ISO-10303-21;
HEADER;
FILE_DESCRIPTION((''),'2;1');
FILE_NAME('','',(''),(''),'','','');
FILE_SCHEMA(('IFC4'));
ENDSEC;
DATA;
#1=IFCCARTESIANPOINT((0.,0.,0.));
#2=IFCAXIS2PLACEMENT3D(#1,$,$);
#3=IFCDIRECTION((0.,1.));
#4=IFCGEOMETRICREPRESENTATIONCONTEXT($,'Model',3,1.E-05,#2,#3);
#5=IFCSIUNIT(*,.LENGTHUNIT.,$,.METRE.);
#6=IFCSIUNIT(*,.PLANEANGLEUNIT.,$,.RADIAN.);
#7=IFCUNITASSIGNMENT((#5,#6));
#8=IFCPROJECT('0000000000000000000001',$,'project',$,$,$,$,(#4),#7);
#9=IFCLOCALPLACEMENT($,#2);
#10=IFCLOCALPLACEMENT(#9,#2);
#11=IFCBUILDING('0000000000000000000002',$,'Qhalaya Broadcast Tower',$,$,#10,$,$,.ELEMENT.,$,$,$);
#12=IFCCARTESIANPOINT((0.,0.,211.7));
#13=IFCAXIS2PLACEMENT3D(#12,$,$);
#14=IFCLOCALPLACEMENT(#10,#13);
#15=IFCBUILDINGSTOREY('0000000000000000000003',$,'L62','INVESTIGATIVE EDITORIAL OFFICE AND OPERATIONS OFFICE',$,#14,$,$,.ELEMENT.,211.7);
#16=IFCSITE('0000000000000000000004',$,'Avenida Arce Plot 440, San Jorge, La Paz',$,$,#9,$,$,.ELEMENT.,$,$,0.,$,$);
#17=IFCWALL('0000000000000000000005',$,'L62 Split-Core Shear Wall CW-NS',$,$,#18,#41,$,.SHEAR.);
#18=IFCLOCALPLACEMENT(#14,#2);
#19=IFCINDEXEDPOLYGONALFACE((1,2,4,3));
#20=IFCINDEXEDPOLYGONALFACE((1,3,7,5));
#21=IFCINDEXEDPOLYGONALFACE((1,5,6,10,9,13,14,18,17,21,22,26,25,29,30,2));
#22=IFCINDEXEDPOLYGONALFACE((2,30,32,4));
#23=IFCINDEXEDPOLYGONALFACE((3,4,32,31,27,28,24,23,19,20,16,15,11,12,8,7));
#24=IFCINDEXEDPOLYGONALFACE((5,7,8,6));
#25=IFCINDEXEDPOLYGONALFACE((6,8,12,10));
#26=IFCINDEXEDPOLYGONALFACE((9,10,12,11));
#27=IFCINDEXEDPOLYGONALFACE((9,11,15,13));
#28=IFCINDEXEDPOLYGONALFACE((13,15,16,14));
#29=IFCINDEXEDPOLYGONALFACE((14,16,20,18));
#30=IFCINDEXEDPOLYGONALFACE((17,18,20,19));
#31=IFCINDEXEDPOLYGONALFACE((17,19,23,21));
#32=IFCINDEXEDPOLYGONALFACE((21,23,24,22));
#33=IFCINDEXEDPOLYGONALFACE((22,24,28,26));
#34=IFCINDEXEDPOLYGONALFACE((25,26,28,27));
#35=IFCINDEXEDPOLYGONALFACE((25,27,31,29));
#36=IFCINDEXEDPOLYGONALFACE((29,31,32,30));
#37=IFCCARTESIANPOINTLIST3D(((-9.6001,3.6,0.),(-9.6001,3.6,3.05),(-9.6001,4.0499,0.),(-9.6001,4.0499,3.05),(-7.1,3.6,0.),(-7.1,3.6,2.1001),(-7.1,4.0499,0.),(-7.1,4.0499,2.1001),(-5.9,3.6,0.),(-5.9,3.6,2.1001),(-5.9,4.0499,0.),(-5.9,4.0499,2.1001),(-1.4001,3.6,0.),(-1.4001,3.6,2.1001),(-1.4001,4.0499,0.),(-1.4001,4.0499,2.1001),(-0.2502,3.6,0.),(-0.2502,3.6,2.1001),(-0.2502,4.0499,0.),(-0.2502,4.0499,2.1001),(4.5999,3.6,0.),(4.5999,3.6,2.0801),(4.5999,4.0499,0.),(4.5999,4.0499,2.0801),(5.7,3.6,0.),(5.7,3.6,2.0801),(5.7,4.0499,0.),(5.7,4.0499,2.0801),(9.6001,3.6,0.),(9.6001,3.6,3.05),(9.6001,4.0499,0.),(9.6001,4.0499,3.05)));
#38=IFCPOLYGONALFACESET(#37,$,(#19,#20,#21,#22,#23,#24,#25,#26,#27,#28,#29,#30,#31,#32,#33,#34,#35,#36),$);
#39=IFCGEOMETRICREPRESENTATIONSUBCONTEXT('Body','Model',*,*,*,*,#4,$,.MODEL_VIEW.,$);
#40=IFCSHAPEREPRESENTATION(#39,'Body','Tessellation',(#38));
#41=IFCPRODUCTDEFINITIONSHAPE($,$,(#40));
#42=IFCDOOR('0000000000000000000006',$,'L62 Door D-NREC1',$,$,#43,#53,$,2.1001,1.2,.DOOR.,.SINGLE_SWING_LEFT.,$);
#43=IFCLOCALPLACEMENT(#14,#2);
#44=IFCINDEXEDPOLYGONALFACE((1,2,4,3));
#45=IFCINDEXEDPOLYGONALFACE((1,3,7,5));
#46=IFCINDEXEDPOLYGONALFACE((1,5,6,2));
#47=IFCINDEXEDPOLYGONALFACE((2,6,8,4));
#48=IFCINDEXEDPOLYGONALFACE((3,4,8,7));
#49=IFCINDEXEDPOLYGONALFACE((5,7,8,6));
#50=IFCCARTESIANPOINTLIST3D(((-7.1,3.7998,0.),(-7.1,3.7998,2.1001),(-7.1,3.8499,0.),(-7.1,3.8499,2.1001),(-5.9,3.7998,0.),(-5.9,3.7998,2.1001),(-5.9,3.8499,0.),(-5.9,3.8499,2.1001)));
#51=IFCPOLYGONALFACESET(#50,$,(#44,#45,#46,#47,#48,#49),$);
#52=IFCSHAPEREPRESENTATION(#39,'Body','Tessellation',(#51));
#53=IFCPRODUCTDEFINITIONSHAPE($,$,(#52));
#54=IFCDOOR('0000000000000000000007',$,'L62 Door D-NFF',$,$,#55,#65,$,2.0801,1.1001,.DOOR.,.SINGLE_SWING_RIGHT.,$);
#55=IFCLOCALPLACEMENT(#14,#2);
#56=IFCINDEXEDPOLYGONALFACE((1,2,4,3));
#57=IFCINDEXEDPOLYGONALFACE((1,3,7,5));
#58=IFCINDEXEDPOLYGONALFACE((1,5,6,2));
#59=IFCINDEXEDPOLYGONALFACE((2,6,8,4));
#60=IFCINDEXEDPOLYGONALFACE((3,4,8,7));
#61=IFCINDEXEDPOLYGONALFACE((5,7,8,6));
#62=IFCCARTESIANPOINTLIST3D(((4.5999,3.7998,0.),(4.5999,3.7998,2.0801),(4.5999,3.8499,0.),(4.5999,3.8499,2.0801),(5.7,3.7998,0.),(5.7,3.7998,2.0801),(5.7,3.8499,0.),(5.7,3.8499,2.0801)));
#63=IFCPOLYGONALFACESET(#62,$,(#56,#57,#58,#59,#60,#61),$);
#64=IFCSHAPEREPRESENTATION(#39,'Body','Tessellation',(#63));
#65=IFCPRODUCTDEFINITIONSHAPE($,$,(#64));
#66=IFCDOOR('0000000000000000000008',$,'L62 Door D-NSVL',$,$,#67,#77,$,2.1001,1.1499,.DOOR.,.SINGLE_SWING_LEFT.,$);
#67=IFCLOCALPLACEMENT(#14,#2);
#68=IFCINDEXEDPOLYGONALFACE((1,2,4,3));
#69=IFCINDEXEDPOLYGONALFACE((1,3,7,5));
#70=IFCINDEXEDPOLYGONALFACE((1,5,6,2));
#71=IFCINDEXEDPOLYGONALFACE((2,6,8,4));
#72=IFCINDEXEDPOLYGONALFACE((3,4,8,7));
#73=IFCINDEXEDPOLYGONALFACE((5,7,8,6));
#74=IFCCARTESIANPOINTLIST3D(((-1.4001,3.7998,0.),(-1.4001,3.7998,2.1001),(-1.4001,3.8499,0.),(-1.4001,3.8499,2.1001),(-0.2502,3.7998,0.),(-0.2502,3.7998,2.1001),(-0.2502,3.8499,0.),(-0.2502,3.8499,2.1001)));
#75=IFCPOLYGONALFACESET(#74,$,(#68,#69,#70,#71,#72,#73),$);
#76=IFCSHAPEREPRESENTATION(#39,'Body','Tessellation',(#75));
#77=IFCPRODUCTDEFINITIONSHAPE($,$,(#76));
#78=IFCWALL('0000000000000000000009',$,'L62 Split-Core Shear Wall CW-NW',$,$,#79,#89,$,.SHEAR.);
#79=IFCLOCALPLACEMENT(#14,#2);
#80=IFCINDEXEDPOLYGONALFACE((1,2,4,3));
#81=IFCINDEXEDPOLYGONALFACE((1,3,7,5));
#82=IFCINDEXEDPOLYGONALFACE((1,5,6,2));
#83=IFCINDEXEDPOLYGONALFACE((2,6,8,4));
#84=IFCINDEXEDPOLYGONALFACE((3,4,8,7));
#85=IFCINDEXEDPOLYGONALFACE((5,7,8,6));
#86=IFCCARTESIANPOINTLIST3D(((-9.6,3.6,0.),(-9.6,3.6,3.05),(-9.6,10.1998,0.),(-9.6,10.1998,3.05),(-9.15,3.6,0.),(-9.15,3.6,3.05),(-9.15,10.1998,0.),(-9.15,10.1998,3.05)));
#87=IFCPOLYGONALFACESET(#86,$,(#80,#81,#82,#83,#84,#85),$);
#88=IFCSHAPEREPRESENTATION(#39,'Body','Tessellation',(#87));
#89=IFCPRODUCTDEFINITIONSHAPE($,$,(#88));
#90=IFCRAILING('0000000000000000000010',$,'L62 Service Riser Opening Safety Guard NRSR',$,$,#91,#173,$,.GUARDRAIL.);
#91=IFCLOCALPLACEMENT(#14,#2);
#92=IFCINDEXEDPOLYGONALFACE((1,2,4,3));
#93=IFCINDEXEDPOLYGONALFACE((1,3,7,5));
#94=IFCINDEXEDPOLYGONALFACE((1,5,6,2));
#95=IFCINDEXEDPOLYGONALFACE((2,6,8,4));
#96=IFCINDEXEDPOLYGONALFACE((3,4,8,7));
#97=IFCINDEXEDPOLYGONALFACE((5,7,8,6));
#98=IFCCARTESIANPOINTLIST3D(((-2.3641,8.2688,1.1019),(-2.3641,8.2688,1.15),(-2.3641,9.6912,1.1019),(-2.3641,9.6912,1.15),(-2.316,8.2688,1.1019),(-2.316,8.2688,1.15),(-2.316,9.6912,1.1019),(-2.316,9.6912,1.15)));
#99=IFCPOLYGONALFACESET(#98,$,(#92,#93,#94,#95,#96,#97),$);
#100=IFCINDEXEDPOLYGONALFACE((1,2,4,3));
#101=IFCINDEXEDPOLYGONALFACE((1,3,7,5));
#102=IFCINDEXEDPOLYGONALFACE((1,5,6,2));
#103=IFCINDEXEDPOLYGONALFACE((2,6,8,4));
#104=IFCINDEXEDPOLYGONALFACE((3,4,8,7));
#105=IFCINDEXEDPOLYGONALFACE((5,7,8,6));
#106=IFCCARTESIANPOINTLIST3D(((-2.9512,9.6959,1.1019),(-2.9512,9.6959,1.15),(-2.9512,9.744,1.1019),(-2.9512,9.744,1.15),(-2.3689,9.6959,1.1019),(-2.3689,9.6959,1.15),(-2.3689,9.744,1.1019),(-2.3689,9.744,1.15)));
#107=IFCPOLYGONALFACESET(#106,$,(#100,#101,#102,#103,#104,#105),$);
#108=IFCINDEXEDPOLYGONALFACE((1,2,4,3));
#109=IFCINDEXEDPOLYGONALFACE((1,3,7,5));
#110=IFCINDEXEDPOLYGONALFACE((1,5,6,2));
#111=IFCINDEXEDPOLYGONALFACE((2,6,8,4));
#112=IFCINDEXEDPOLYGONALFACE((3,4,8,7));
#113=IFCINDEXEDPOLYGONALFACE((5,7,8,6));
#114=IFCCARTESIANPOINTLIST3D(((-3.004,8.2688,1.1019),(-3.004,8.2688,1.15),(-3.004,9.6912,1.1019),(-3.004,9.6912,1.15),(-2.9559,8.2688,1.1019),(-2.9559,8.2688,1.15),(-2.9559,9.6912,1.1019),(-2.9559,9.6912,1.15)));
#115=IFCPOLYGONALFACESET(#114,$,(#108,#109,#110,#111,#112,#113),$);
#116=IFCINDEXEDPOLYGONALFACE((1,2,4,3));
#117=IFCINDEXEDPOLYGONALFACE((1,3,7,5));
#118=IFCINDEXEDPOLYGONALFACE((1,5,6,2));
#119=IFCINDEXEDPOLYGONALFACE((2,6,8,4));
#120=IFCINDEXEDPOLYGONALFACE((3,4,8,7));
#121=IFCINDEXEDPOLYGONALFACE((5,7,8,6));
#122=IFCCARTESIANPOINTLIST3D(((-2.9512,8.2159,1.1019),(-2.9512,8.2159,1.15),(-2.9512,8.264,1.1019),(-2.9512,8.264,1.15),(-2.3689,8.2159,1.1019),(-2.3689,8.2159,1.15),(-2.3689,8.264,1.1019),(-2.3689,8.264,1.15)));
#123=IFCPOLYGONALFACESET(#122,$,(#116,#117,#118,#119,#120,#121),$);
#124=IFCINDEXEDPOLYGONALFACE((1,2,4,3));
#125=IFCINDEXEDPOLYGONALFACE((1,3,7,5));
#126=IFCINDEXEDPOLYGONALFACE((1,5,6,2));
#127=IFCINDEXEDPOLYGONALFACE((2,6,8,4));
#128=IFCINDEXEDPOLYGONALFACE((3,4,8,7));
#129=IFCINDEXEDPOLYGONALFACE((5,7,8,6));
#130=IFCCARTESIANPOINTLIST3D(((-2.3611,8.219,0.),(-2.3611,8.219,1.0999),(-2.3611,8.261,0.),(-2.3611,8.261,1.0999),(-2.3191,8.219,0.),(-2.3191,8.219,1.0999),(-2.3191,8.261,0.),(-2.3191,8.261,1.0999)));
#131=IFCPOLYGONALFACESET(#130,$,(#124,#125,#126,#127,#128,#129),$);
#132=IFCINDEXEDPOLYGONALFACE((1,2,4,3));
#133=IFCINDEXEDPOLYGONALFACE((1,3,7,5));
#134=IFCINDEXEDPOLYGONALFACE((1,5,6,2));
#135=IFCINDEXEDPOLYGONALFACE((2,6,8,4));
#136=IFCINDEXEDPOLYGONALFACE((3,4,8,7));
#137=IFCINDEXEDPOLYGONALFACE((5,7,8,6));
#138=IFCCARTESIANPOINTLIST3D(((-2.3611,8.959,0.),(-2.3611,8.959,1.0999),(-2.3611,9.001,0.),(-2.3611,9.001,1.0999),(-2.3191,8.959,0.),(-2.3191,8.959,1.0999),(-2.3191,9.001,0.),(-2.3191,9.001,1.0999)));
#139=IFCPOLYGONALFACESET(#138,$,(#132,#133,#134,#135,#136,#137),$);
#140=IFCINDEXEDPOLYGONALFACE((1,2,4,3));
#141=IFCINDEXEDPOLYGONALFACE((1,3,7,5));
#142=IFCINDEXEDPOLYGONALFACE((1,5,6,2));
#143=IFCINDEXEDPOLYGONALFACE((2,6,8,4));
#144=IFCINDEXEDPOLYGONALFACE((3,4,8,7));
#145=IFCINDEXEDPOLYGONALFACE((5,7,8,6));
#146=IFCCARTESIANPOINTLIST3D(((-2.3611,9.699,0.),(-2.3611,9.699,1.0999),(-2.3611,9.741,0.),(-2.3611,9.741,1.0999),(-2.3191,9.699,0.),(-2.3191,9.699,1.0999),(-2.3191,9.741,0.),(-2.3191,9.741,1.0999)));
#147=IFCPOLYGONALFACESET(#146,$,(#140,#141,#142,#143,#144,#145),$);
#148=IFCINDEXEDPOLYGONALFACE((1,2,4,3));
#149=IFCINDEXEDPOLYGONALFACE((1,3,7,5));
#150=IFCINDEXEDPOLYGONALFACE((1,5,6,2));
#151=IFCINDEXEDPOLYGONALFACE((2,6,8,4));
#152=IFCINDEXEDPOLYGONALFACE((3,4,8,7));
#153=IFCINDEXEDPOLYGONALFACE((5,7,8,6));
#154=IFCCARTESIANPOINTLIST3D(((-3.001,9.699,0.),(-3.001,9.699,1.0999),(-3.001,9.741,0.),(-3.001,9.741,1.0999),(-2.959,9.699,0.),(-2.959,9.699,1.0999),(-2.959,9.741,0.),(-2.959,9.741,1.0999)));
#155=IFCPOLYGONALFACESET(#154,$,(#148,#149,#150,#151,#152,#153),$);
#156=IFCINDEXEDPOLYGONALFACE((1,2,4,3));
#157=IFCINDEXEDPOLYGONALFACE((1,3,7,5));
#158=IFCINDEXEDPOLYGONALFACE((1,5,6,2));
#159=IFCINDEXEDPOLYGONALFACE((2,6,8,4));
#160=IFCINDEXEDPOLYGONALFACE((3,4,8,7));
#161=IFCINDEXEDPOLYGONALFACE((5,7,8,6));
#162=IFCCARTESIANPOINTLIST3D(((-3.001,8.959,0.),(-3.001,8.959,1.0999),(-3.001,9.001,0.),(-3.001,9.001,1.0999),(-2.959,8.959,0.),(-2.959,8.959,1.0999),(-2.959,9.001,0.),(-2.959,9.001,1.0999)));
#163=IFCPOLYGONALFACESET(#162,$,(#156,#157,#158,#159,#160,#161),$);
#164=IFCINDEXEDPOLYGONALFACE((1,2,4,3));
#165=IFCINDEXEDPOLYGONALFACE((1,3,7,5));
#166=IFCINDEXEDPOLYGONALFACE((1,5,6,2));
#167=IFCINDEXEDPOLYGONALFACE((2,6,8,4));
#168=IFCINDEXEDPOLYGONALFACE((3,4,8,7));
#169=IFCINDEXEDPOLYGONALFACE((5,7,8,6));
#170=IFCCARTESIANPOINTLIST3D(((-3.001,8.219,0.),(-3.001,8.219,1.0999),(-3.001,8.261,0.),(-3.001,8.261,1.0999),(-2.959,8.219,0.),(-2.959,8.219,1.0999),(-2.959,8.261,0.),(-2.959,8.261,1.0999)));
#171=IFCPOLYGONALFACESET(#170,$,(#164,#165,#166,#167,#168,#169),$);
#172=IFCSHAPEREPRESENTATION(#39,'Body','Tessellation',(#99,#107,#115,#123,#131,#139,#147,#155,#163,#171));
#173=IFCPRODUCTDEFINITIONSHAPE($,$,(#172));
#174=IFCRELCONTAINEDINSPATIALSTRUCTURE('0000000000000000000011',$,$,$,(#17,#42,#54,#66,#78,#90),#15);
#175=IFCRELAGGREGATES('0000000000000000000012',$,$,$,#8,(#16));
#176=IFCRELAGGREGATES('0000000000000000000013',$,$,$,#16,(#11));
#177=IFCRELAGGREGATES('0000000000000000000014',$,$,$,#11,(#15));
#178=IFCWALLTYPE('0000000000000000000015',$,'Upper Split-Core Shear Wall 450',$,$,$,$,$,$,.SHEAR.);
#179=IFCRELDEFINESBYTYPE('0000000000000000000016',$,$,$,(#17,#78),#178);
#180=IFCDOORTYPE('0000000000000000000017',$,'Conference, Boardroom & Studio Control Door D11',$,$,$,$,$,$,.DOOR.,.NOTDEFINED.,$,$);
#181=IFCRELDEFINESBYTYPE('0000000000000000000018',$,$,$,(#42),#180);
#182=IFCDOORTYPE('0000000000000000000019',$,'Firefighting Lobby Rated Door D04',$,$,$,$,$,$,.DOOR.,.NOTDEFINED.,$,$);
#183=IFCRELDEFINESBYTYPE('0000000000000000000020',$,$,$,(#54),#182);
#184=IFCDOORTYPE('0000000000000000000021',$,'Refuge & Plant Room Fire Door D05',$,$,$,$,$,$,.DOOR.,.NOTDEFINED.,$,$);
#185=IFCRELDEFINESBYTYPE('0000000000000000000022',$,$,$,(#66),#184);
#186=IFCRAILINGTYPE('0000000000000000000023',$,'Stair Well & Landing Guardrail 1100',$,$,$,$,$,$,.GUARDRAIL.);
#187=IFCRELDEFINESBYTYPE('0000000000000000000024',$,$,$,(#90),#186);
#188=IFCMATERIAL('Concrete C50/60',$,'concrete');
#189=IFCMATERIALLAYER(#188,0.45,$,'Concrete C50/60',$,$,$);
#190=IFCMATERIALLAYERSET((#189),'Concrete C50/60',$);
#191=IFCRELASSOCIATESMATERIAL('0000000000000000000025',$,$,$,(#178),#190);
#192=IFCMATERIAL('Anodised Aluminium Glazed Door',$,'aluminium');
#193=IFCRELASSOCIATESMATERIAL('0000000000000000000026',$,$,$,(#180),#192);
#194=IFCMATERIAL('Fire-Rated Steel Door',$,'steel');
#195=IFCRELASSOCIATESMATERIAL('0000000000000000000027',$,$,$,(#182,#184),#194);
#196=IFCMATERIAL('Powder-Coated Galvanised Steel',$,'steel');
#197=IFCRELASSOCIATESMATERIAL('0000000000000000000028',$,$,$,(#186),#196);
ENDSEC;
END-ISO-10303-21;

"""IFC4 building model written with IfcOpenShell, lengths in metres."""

from ifc_helpers import new_model, si_unit, direction, frame, frame_2d, origin, origin_2d, place, context, subcontext, project, spatial, rectangle, extrude, material, layer, layer_set, type_object, element, fill, save


model = new_model("IFC4")

# Units and contexts
model_context = context("Model", 3, precision=1e-05, world=origin(), true_north=direction((0.0, 1.0)))
body_context = subcontext(model_context, "Body", "Model", "MODEL_VIEW")
ifc_project = project(units=[si_unit("LENGTHUNIT", "METRE"), si_unit("PLANEANGLEUNIT", "RADIAN")], contexts=[model_context])

# Site, building, storey
site_placement = place(None, origin())
site = spatial("IfcSite", under=ifc_project, at=site_placement, Name="Avenida Arce Plot 440, San Jorge, La Paz", CompositionType="ELEMENT", RefElevation=0.0)
building_placement = place(site_placement, origin())
building = spatial("IfcBuilding", under=site, at=building_placement, Name="Qhalaya Broadcast Tower", CompositionType="ELEMENT")
storey_placement = place(building_placement, frame((0.0, 0.0, 211.7)))
storey = spatial("IfcBuildingStorey", under=building, at=storey_placement, Name="L62", Description="INVESTIGATIVE EDITORIAL OFFICE AND OPERATIONS OFFICE", CompositionType="ELEMENT", Elevation=211.7)

# Shared definitions
ifc_material_1 = material(Name="Concrete C50/60", Category="concrete")

# Shared definitions
ifc_material_2 = material(Name="Fire-Rated Steel Door", Category="steel")

# Wall, openings, doors
ifc_layer_1 = layer(ifc_material_1, 0.45, Name="Concrete C50/60")
ifc_layer_set_1 = layer_set([ifc_layer_1], Name="Concrete C50/60")
wall_type_1 = type_object("IfcWallType", Name="Upper Split-Core Shear Wall 450", PredefinedType="SHEAR", material=ifc_layer_set_1)
wall_1_placement = place(storey_placement, frame((-9.6001, 3.825, 0.0), z_axis=(0.0, 0.0, 1.0), x_axis=(1.0, 0.0, 0.0)))
wall_1 = element("IfcWall", 1, at=wall_1_placement, inside=storey, type_object=wall_type_1, Name="L62 Split-Core Shear Wall CW-NS", PredefinedType="SHEAR", context=body_context, shape_type="SweptSolid", body=[
    extrude(rectangle(XDim=19.2002, YDim=0.45, at=frame_2d((9.6001, 0.0))), origin(), (0.0, 0.0, 1.0), 3.05),
])
opening_1_placement = place(wall_1_placement, frame((14.2, 0.0, 0.0)))
opening_1 = element("IfcOpeningElement", 2, at=opening_1_placement, cuts=wall_1, PredefinedType="OPENING", context=body_context, shape_type="SweptSolid", body=[
    extrude(rectangle(XDim=1.1001, YDim=2.0801, at=frame_2d((0.55, 1.04))), frame((0.0, 0.2371, 0.0), z_axis=(0.0, -1.0, 0.0), x_axis=(1.0, 0.0, 0.0)), (0.0, 0.0, 1.0), 0.4739),
])
opening_2_placement = place(wall_1_placement, frame((8.2, 0.0, 0.0)))
opening_2 = element("IfcOpeningElement", 3, at=opening_2_placement, cuts=wall_1, PredefinedType="OPENING", context=body_context, shape_type="SweptSolid", body=[
    extrude(rectangle(XDim=1.1499, YDim=2.1001, at=frame_2d((0.575, 1.05))), frame((0.0, 0.2371, 0.0), z_axis=(0.0, -1.0, 0.0), x_axis=(1.0, 0.0, 0.0)), (0.0, 0.0, 1.0), 0.4739),
])
opening_3_placement = place(wall_1_placement, frame((2.5, 0.0, 0.0)))
opening_3 = element("IfcOpeningElement", 4, at=opening_3_placement, cuts=wall_1, PredefinedType="OPENING", context=body_context, shape_type="SweptSolid", body=[
    extrude(rectangle(XDim=1.2, YDim=2.1001, at=frame_2d((0.6001, 1.05))), frame((0.0, 0.2371, 0.0), z_axis=(0.0, -1.0, 0.0), x_axis=(1.0, 0.0, 0.0)), (0.0, 0.0, 1.0), 0.4739),
])
ifc_material_3 = material(Name="Anodised Aluminium Glazed Door", Category="aluminium")
door_type_1 = type_object("IfcDoorType", Name="Conference, Boardroom & Studio Control Door D11", OperationType="NOTDEFINED", PredefinedType="DOOR", material=ifc_material_3)
door_1_placement = place(opening_3_placement, origin())
door_1 = element("IfcDoor", 5, at=door_1_placement, inside=storey, type_object=door_type_1, Name="L62 Door D-NREC1", OperationType="SINGLE_SWING_LEFT", OverallHeight=2.1001, OverallWidth=1.2, PredefinedType="DOOR", context=body_context, shape_type="SweptSolid", body=[
    extrude(rectangle(XDim=1.2, YDim=2.1001, at=frame_2d((0.6001, 1.05))), frame((0.0, 0.0249, 0.0), z_axis=(0.0, -1.0, 0.0), x_axis=(1.0, 0.0, 0.0)), (0.0, 0.0, 1.0), 0.05),
])
fill(opening_3, door_1)
door_type_2 = type_object("IfcDoorType", Name="Firefighting Lobby Rated Door D04", OperationType="NOTDEFINED", PredefinedType="DOOR", material=ifc_material_2)
door_2_placement = place(opening_1_placement, origin())
door_2 = element("IfcDoor", 6, at=door_2_placement, inside=storey, type_object=door_type_2, Name="L62 Door D-NFF", OperationType="SINGLE_SWING_RIGHT", OverallHeight=2.0801, OverallWidth=1.1001, PredefinedType="DOOR", context=body_context, shape_type="SweptSolid", body=[
    extrude(rectangle(XDim=1.1001, YDim=2.0801, at=frame_2d((0.55, 1.04))), frame((0.0, 0.0249, 0.0), z_axis=(0.0, -1.0, 0.0), x_axis=(1.0, 0.0, 0.0)), (0.0, 0.0, 1.0), 0.05),
])
fill(opening_1, door_2)
door_type_3 = type_object("IfcDoorType", Name="Refuge & Plant Room Fire Door D05", OperationType="NOTDEFINED", PredefinedType="DOOR", material=ifc_material_2)
door_3_placement = place(opening_2_placement, origin())
door_3 = element("IfcDoor", 7, at=door_3_placement, inside=storey, type_object=door_type_3, Name="L62 Door D-NSVL", OperationType="SINGLE_SWING_LEFT", OverallHeight=2.1001, OverallWidth=1.1499, PredefinedType="DOOR", context=body_context, shape_type="SweptSolid", body=[
    extrude(rectangle(XDim=1.1499, YDim=2.1001, at=frame_2d((0.575, 1.05))), frame((0.0, 0.0249, 0.0), z_axis=(0.0, -1.0, 0.0), x_axis=(1.0, 0.0, 0.0)), (0.0, 0.0, 1.0), 0.05),
])
fill(opening_2, door_3)

# Wall
wall_2_placement = place(storey_placement, frame((-9.375, 3.6001, 0.0), z_axis=(0.0, 0.0, 1.0), x_axis=(0.0, 1.0, 0.0)))
element("IfcWall", 8, at=wall_2_placement, inside=storey, type_object=wall_type_1, Name="L62 Split-Core Shear Wall CW-NW", PredefinedType="SHEAR", context=body_context, shape_type="SweptSolid", body=[
    extrude(rectangle(XDim=6.5999, YDim=0.45, at=frame_2d((3.2998, 0.0))), origin(), (0.0, 0.0, 1.0), 3.05),
])

# Railing
ifc_material_4 = material(Name="Powder-Coated Galvanised Steel", Category="steel")
railing_type = type_object("IfcRailingType", Name="Stair Well & Landing Guardrail 1100", PredefinedType="GUARDRAIL", material=ifc_material_4)
railing_placement = place(storey_placement, frame((-2.3401, 8.24, 0.0)))
element("IfcRailing", 9, at=railing_placement, inside=storey, type_object=railing_type, Name="L62 Service Riser Opening Safety Guard NRSR", PredefinedType="GUARDRAIL", context=body_context, shape_type="SweptSolid", body=[
    extrude(rectangle(XDim=0.0481, YDim=0.0481, at=origin_2d()), frame((0.0, 0.0288, 1.126), z_axis=(0.0, 1.0, 0.0), x_axis=(-1.0, 0.0, 0.0)), (0.0, 0.0, 1.0), 1.4224),
    extrude(rectangle(XDim=0.0481, YDim=0.0481, at=origin_2d()), frame((-0.0288, 1.48, 1.126), z_axis=(-1.0, 0.0, 0.0), x_axis=(0.0, -1.0, 0.0)), (0.0, 0.0, 1.0), 0.5823),
    extrude(rectangle(XDim=0.0481, YDim=0.0481, at=origin_2d()), frame((-0.6399, 1.4512, 1.126), z_axis=(0.0, -1.0, 0.0), x_axis=(1.0, 0.0, 0.0)), (0.0, 0.0, 1.0), 1.4224),
    extrude(rectangle(XDim=0.0481, YDim=0.0481, at=origin_2d()), frame((-0.6111, 0.0, 1.126), z_axis=(1.0, 0.0, 0.0), x_axis=(0.0, 1.0, 0.0)), (0.0, 0.0, 1.0), 0.5823),
    extrude(rectangle(XDim=0.042, YDim=0.042, at=origin_2d()), origin(), (0.0, 0.0, 1.0), 1.0999),
    extrude(rectangle(XDim=0.042, YDim=0.042, at=origin_2d()), frame((0.0, 0.74, 0.0)), (0.0, 0.0, 1.0), 1.0999),
    extrude(rectangle(XDim=0.042, YDim=0.042, at=origin_2d()), frame((0.0, 1.48, 0.0)), (0.0, 0.0, 1.0), 1.0999),
    extrude(rectangle(XDim=0.042, YDim=0.042, at=origin_2d()), frame((-0.6399, 1.48, 0.0)), (0.0, 0.0, 1.0), 1.0999),
    extrude(rectangle(XDim=0.042, YDim=0.042, at=origin_2d()), frame((-0.6399, 0.74, 0.0)), (0.0, 0.0, 1.0), 1.0999),
    extrude(rectangle(XDim=0.042, YDim=0.042, at=origin_2d()), frame((-0.6399, 0.0, 0.0)), (0.0, 0.0, 1.0), 1.0999),
])

save(model, "model.ifc")
